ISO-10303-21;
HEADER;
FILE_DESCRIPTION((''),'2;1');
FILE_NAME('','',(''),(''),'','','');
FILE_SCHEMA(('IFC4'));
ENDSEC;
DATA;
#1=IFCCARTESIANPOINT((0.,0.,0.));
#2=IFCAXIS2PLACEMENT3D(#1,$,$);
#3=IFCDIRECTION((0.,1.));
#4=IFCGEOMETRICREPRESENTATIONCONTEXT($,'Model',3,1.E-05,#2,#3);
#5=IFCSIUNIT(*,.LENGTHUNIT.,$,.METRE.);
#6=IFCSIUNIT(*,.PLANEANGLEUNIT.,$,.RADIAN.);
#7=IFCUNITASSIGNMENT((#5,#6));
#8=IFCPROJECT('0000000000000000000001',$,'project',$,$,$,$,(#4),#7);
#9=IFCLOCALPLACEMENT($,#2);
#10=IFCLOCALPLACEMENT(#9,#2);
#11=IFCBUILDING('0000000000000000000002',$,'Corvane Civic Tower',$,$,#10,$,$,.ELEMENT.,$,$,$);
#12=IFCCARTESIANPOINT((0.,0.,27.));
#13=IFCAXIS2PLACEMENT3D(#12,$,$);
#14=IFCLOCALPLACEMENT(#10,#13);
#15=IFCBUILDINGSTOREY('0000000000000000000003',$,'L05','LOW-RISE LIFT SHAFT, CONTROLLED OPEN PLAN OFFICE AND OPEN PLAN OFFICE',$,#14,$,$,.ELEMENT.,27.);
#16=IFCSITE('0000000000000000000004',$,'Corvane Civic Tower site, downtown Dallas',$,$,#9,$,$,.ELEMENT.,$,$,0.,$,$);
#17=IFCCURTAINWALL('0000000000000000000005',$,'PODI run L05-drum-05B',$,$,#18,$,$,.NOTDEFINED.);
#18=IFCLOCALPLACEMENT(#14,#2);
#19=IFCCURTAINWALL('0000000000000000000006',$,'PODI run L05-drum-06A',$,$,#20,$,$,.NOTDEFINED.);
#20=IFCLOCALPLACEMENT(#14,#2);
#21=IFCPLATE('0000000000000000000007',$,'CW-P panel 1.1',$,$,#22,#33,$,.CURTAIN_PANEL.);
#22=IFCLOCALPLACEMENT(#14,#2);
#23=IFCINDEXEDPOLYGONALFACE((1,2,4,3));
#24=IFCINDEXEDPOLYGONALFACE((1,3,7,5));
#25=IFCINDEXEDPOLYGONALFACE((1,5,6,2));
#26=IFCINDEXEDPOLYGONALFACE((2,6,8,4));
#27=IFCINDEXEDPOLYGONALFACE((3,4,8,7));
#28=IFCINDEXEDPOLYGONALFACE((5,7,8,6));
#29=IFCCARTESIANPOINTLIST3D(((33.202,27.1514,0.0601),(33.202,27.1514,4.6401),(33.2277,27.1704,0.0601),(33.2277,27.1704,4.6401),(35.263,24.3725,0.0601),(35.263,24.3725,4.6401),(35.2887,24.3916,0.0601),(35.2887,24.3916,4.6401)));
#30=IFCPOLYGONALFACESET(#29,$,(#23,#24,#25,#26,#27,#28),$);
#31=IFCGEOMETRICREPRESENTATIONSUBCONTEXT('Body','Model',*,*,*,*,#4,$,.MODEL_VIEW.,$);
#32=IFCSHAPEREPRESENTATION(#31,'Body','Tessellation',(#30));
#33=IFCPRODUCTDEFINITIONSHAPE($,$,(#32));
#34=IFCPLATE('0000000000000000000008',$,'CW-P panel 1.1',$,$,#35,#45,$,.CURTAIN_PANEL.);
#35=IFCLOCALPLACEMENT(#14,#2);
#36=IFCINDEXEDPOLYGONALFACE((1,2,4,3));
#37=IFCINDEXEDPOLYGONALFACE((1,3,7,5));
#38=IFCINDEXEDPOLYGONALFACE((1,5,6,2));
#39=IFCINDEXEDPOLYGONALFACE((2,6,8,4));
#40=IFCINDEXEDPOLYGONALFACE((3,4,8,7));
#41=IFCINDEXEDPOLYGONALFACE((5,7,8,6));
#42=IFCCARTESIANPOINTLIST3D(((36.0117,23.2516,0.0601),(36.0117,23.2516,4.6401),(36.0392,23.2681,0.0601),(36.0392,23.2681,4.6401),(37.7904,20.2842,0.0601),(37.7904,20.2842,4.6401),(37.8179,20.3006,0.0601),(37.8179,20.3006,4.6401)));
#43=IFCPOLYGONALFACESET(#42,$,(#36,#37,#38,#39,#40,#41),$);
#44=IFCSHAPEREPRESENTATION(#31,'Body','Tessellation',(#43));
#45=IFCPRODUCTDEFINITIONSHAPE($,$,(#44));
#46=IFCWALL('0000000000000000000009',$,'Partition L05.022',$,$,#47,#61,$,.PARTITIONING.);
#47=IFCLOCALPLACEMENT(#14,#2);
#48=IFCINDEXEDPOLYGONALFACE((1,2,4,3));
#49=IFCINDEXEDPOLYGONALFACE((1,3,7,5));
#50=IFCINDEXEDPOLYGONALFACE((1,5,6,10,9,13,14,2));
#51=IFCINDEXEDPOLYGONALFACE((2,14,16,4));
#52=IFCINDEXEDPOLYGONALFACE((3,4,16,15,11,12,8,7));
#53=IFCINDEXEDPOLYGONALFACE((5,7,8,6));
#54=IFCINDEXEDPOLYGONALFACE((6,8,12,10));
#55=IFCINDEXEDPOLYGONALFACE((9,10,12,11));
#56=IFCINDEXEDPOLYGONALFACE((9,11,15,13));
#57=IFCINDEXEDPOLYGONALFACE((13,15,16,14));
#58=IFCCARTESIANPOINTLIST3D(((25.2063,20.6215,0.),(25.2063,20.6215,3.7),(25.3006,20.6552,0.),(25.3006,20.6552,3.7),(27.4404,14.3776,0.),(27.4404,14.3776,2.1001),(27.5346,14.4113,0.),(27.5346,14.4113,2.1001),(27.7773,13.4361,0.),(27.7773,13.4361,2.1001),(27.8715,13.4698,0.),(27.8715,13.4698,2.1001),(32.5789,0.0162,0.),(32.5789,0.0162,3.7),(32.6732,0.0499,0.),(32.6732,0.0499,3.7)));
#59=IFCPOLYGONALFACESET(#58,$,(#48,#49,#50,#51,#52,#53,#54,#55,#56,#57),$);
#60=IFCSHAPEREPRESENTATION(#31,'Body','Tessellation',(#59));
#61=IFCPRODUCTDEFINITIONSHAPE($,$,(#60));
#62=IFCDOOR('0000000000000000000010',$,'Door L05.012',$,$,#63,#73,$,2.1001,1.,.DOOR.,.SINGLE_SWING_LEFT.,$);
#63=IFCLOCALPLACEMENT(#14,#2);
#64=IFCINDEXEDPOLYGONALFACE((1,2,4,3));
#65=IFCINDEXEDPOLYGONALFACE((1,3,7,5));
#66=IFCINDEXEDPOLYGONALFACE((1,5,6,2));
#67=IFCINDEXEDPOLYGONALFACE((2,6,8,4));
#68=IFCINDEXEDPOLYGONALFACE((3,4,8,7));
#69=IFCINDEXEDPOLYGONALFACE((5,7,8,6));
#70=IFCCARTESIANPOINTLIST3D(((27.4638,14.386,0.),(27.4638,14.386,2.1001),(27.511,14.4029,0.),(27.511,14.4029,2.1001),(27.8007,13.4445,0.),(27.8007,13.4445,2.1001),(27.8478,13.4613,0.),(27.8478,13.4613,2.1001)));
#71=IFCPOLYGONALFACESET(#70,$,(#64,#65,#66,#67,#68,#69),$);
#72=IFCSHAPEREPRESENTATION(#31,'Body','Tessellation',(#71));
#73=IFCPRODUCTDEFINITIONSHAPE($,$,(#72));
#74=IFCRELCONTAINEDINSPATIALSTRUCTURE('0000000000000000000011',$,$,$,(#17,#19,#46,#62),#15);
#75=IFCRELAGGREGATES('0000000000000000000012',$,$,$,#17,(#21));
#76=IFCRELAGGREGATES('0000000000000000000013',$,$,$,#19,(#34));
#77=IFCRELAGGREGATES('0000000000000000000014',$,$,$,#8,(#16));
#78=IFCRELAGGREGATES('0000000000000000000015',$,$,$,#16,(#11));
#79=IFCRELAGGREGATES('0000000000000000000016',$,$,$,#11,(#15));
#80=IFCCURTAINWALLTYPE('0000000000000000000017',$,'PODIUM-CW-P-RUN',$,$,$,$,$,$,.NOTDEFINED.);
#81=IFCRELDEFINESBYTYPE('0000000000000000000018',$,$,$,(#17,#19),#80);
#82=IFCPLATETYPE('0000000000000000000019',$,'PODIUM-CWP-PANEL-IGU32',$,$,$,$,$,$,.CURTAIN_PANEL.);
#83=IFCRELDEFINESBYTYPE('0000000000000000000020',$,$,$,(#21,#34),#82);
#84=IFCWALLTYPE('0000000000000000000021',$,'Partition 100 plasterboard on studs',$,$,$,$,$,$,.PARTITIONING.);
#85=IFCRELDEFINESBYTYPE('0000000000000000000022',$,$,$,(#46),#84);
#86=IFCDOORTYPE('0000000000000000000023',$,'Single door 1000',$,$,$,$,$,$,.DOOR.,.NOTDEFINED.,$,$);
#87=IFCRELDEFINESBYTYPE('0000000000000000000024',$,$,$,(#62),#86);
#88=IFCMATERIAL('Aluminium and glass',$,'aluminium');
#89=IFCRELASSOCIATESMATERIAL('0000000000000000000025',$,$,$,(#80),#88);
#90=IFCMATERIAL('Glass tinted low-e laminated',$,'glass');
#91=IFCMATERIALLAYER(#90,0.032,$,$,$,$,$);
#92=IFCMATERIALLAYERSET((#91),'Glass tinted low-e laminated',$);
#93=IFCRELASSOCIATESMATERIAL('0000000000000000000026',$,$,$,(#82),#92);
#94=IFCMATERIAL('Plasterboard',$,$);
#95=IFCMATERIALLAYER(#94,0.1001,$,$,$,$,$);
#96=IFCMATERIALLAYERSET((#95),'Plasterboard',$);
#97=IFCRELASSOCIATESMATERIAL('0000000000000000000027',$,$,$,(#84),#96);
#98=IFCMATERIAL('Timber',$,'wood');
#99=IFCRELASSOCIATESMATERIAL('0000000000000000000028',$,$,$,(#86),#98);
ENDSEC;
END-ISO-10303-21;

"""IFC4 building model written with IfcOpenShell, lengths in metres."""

from ifc_helpers import new_model, si_unit, direction, frame, frame_2d, origin, origin_2d, place, context, subcontext, project, spatial, rectangle, extrude, material, layer, layer_set, type_object, element, fill, aggregate, save


model = new_model("IFC4")

# Units and contexts
model_context = context("Model", 3, precision=1e-05, world=origin(), true_north=direction((0.0, 1.0)))
body_context = subcontext(model_context, "Body", "Model", "MODEL_VIEW")
ifc_project = project(units=[si_unit("LENGTHUNIT", "METRE"), si_unit("PLANEANGLEUNIT", "RADIAN")], contexts=[model_context])

# Site, building, storey
site_placement = place(None, origin())
site = spatial("IfcSite", under=ifc_project, at=site_placement, Name="Corvane Civic Tower site, downtown Dallas", CompositionType="ELEMENT", RefElevation=0.0)
building_placement = place(site_placement, origin())
building = spatial("IfcBuilding", under=site, at=building_placement, Name="Corvane Civic Tower", CompositionType="ELEMENT")
storey_placement = place(building_placement, frame((0.0, 0.0, 27.0)))
storey = spatial("IfcBuildingStorey", under=building, at=storey_placement, Name="L05", Description="LOW-RISE LIFT SHAFT, CONTROLLED OPEN PLAN OFFICE AND OPEN PLAN OFFICE", CompositionType="ELEMENT", Elevation=27.0)

# Curtain walls
ifc_material_1 = material(Name="Aluminium and glass", Category="aluminium")
curtain_wall_type = type_object("IfcCurtainWallType", Name="PODIUM-CW-P-RUN", PredefinedType="NOTDEFINED", material=ifc_material_1)
curtain_wall_1_placement = place(storey_placement, origin())
curtain_wall_1 = element("IfcCurtainWall", 1, at=curtain_wall_1_placement, inside=storey, type_object=curtain_wall_type, Name="PODI run L05-drum-05B", PredefinedType="NOTDEFINED")
curtain_wall_2_placement = place(storey_placement, origin())
curtain_wall_2 = element("IfcCurtainWall", 2, at=curtain_wall_2_placement, inside=storey, type_object=curtain_wall_type, Name="PODI run L05-drum-06A", PredefinedType="NOTDEFINED")

# Plates
ifc_material_2 = material(Name="Glass tinted low-e laminated", Category="glass")
ifc_layer_1 = layer(ifc_material_2, 0.032)
ifc_layer_set_1 = layer_set([ifc_layer_1], Name="Glass tinted low-e laminated")
plate_type = type_object("IfcPlateType", Name="PODIUM-CWP-PANEL-IGU32", PredefinedType="CURTAIN_PANEL", material=ifc_layer_set_1)
plate_1_placement = place(storey_placement, frame((34.2454, 25.7715, 0.0601), z_axis=(0.0, 0.0, 1.0), x_axis=(0.595705, -0.803203, 0.0)))
plate_1 = element("IfcPlate", 3, at=plate_1_placement, type_object=plate_type, Name="CW-P panel 1.1", PredefinedType="CURTAIN_PANEL", context=body_context, shape_type="SweptSolid", body=[
    extrude(rectangle(XDim=3.4597, YDim=0.032, at=origin_2d()), origin(), (0.0, 0.0, 1.0), 4.5801),
])
aggregate(curtain_wall_1, [plate_1])
plate_2_placement = place(storey_placement, frame((36.9148, 21.7761, 0.0601), z_axis=(0.0, 0.0, 1.0), x_axis=(0.514118, -0.85772, 0.0)))
plate_2 = element("IfcPlate", 4, at=plate_2_placement, type_object=plate_type, Name="CW-P panel 1.1", PredefinedType="CURTAIN_PANEL", context=body_context, shape_type="SweptSolid", body=[
    extrude(rectangle(XDim=3.4597, YDim=0.032, at=origin_2d()), origin(), (0.0, 0.0, 1.0), 4.5801),
])
aggregate(curtain_wall_2, [plate_2])

# Wall, opening, door
ifc_material_3 = material(Name="Plasterboard")
ifc_layer_2 = layer(ifc_material_3, 0.1001)
ifc_layer_set_2 = layer_set([ifc_layer_2], Name="Plasterboard")
wall_type_1 = type_object("IfcWallType", Name="Partition 100 plasterboard on studs", PredefinedType="PARTITIONING", material=ifc_layer_set_2)
wall_1_placement = place(storey_placement, frame((25.2534, 20.6384, 0.0), z_axis=(0.0, 0.0, 1.0), x_axis=(0.336885, -0.941546, 0.0)))
wall_1 = element("IfcWall", 5, at=wall_1_placement, inside=storey, type_object=wall_type_1, Name="Partition L05.022", PredefinedType="PARTITIONING", context=body_context, shape_type="SweptSolid", body=[
    extrude(rectangle(XDim=21.8845, YDim=0.1001, at=frame_2d((10.9424, 0.0))), origin(), (0.0, 0.0, 1.0), 3.7),
])
opening_1_placement = place(wall_1_placement, frame((6.6316, 0.0, 0.0)))
opening_1 = element("IfcOpeningElement", 6, at=opening_1_placement, cuts=wall_1, PredefinedType="OPENING", context=body_context, shape_type="SweptSolid", body=[
    extrude(rectangle(XDim=1.0, YDim=2.1001, at=frame_2d((0.5, 1.05))), frame((0.0, 0.0601, 0.0), z_axis=(0.0, -1.0, 0.0), x_axis=(1.0, 0.0, 0.0)), (0.0, 0.0, 1.0), 0.1201),
])
ifc_material_4 = material(Name="Timber", Category="wood")
door_type_1 = type_object("IfcDoorType", Name="Single door 1000", OperationType="NOTDEFINED", PredefinedType="DOOR", material=ifc_material_4)
door_1_placement = place(opening_1_placement, origin())
door_1 = element("IfcDoor", 7, at=door_1_placement, inside=storey, type_object=door_type_1, Name="Door L05.012", OperationType="SINGLE_SWING_LEFT", OverallHeight=2.1001, OverallWidth=1.0, PredefinedType="DOOR", context=body_context, shape_type="SweptSolid", body=[
    extrude(rectangle(XDim=1.0, YDim=2.1001, at=frame_2d((0.5, 1.05))), frame((0.0, 0.0249, 0.0), z_axis=(0.0, -1.0, 0.0), x_axis=(1.0, 0.0, 0.0)), (0.0, 0.0, 1.0), 0.05),
])
fill(opening_1, door_1)

save(model, "model.ifc")
